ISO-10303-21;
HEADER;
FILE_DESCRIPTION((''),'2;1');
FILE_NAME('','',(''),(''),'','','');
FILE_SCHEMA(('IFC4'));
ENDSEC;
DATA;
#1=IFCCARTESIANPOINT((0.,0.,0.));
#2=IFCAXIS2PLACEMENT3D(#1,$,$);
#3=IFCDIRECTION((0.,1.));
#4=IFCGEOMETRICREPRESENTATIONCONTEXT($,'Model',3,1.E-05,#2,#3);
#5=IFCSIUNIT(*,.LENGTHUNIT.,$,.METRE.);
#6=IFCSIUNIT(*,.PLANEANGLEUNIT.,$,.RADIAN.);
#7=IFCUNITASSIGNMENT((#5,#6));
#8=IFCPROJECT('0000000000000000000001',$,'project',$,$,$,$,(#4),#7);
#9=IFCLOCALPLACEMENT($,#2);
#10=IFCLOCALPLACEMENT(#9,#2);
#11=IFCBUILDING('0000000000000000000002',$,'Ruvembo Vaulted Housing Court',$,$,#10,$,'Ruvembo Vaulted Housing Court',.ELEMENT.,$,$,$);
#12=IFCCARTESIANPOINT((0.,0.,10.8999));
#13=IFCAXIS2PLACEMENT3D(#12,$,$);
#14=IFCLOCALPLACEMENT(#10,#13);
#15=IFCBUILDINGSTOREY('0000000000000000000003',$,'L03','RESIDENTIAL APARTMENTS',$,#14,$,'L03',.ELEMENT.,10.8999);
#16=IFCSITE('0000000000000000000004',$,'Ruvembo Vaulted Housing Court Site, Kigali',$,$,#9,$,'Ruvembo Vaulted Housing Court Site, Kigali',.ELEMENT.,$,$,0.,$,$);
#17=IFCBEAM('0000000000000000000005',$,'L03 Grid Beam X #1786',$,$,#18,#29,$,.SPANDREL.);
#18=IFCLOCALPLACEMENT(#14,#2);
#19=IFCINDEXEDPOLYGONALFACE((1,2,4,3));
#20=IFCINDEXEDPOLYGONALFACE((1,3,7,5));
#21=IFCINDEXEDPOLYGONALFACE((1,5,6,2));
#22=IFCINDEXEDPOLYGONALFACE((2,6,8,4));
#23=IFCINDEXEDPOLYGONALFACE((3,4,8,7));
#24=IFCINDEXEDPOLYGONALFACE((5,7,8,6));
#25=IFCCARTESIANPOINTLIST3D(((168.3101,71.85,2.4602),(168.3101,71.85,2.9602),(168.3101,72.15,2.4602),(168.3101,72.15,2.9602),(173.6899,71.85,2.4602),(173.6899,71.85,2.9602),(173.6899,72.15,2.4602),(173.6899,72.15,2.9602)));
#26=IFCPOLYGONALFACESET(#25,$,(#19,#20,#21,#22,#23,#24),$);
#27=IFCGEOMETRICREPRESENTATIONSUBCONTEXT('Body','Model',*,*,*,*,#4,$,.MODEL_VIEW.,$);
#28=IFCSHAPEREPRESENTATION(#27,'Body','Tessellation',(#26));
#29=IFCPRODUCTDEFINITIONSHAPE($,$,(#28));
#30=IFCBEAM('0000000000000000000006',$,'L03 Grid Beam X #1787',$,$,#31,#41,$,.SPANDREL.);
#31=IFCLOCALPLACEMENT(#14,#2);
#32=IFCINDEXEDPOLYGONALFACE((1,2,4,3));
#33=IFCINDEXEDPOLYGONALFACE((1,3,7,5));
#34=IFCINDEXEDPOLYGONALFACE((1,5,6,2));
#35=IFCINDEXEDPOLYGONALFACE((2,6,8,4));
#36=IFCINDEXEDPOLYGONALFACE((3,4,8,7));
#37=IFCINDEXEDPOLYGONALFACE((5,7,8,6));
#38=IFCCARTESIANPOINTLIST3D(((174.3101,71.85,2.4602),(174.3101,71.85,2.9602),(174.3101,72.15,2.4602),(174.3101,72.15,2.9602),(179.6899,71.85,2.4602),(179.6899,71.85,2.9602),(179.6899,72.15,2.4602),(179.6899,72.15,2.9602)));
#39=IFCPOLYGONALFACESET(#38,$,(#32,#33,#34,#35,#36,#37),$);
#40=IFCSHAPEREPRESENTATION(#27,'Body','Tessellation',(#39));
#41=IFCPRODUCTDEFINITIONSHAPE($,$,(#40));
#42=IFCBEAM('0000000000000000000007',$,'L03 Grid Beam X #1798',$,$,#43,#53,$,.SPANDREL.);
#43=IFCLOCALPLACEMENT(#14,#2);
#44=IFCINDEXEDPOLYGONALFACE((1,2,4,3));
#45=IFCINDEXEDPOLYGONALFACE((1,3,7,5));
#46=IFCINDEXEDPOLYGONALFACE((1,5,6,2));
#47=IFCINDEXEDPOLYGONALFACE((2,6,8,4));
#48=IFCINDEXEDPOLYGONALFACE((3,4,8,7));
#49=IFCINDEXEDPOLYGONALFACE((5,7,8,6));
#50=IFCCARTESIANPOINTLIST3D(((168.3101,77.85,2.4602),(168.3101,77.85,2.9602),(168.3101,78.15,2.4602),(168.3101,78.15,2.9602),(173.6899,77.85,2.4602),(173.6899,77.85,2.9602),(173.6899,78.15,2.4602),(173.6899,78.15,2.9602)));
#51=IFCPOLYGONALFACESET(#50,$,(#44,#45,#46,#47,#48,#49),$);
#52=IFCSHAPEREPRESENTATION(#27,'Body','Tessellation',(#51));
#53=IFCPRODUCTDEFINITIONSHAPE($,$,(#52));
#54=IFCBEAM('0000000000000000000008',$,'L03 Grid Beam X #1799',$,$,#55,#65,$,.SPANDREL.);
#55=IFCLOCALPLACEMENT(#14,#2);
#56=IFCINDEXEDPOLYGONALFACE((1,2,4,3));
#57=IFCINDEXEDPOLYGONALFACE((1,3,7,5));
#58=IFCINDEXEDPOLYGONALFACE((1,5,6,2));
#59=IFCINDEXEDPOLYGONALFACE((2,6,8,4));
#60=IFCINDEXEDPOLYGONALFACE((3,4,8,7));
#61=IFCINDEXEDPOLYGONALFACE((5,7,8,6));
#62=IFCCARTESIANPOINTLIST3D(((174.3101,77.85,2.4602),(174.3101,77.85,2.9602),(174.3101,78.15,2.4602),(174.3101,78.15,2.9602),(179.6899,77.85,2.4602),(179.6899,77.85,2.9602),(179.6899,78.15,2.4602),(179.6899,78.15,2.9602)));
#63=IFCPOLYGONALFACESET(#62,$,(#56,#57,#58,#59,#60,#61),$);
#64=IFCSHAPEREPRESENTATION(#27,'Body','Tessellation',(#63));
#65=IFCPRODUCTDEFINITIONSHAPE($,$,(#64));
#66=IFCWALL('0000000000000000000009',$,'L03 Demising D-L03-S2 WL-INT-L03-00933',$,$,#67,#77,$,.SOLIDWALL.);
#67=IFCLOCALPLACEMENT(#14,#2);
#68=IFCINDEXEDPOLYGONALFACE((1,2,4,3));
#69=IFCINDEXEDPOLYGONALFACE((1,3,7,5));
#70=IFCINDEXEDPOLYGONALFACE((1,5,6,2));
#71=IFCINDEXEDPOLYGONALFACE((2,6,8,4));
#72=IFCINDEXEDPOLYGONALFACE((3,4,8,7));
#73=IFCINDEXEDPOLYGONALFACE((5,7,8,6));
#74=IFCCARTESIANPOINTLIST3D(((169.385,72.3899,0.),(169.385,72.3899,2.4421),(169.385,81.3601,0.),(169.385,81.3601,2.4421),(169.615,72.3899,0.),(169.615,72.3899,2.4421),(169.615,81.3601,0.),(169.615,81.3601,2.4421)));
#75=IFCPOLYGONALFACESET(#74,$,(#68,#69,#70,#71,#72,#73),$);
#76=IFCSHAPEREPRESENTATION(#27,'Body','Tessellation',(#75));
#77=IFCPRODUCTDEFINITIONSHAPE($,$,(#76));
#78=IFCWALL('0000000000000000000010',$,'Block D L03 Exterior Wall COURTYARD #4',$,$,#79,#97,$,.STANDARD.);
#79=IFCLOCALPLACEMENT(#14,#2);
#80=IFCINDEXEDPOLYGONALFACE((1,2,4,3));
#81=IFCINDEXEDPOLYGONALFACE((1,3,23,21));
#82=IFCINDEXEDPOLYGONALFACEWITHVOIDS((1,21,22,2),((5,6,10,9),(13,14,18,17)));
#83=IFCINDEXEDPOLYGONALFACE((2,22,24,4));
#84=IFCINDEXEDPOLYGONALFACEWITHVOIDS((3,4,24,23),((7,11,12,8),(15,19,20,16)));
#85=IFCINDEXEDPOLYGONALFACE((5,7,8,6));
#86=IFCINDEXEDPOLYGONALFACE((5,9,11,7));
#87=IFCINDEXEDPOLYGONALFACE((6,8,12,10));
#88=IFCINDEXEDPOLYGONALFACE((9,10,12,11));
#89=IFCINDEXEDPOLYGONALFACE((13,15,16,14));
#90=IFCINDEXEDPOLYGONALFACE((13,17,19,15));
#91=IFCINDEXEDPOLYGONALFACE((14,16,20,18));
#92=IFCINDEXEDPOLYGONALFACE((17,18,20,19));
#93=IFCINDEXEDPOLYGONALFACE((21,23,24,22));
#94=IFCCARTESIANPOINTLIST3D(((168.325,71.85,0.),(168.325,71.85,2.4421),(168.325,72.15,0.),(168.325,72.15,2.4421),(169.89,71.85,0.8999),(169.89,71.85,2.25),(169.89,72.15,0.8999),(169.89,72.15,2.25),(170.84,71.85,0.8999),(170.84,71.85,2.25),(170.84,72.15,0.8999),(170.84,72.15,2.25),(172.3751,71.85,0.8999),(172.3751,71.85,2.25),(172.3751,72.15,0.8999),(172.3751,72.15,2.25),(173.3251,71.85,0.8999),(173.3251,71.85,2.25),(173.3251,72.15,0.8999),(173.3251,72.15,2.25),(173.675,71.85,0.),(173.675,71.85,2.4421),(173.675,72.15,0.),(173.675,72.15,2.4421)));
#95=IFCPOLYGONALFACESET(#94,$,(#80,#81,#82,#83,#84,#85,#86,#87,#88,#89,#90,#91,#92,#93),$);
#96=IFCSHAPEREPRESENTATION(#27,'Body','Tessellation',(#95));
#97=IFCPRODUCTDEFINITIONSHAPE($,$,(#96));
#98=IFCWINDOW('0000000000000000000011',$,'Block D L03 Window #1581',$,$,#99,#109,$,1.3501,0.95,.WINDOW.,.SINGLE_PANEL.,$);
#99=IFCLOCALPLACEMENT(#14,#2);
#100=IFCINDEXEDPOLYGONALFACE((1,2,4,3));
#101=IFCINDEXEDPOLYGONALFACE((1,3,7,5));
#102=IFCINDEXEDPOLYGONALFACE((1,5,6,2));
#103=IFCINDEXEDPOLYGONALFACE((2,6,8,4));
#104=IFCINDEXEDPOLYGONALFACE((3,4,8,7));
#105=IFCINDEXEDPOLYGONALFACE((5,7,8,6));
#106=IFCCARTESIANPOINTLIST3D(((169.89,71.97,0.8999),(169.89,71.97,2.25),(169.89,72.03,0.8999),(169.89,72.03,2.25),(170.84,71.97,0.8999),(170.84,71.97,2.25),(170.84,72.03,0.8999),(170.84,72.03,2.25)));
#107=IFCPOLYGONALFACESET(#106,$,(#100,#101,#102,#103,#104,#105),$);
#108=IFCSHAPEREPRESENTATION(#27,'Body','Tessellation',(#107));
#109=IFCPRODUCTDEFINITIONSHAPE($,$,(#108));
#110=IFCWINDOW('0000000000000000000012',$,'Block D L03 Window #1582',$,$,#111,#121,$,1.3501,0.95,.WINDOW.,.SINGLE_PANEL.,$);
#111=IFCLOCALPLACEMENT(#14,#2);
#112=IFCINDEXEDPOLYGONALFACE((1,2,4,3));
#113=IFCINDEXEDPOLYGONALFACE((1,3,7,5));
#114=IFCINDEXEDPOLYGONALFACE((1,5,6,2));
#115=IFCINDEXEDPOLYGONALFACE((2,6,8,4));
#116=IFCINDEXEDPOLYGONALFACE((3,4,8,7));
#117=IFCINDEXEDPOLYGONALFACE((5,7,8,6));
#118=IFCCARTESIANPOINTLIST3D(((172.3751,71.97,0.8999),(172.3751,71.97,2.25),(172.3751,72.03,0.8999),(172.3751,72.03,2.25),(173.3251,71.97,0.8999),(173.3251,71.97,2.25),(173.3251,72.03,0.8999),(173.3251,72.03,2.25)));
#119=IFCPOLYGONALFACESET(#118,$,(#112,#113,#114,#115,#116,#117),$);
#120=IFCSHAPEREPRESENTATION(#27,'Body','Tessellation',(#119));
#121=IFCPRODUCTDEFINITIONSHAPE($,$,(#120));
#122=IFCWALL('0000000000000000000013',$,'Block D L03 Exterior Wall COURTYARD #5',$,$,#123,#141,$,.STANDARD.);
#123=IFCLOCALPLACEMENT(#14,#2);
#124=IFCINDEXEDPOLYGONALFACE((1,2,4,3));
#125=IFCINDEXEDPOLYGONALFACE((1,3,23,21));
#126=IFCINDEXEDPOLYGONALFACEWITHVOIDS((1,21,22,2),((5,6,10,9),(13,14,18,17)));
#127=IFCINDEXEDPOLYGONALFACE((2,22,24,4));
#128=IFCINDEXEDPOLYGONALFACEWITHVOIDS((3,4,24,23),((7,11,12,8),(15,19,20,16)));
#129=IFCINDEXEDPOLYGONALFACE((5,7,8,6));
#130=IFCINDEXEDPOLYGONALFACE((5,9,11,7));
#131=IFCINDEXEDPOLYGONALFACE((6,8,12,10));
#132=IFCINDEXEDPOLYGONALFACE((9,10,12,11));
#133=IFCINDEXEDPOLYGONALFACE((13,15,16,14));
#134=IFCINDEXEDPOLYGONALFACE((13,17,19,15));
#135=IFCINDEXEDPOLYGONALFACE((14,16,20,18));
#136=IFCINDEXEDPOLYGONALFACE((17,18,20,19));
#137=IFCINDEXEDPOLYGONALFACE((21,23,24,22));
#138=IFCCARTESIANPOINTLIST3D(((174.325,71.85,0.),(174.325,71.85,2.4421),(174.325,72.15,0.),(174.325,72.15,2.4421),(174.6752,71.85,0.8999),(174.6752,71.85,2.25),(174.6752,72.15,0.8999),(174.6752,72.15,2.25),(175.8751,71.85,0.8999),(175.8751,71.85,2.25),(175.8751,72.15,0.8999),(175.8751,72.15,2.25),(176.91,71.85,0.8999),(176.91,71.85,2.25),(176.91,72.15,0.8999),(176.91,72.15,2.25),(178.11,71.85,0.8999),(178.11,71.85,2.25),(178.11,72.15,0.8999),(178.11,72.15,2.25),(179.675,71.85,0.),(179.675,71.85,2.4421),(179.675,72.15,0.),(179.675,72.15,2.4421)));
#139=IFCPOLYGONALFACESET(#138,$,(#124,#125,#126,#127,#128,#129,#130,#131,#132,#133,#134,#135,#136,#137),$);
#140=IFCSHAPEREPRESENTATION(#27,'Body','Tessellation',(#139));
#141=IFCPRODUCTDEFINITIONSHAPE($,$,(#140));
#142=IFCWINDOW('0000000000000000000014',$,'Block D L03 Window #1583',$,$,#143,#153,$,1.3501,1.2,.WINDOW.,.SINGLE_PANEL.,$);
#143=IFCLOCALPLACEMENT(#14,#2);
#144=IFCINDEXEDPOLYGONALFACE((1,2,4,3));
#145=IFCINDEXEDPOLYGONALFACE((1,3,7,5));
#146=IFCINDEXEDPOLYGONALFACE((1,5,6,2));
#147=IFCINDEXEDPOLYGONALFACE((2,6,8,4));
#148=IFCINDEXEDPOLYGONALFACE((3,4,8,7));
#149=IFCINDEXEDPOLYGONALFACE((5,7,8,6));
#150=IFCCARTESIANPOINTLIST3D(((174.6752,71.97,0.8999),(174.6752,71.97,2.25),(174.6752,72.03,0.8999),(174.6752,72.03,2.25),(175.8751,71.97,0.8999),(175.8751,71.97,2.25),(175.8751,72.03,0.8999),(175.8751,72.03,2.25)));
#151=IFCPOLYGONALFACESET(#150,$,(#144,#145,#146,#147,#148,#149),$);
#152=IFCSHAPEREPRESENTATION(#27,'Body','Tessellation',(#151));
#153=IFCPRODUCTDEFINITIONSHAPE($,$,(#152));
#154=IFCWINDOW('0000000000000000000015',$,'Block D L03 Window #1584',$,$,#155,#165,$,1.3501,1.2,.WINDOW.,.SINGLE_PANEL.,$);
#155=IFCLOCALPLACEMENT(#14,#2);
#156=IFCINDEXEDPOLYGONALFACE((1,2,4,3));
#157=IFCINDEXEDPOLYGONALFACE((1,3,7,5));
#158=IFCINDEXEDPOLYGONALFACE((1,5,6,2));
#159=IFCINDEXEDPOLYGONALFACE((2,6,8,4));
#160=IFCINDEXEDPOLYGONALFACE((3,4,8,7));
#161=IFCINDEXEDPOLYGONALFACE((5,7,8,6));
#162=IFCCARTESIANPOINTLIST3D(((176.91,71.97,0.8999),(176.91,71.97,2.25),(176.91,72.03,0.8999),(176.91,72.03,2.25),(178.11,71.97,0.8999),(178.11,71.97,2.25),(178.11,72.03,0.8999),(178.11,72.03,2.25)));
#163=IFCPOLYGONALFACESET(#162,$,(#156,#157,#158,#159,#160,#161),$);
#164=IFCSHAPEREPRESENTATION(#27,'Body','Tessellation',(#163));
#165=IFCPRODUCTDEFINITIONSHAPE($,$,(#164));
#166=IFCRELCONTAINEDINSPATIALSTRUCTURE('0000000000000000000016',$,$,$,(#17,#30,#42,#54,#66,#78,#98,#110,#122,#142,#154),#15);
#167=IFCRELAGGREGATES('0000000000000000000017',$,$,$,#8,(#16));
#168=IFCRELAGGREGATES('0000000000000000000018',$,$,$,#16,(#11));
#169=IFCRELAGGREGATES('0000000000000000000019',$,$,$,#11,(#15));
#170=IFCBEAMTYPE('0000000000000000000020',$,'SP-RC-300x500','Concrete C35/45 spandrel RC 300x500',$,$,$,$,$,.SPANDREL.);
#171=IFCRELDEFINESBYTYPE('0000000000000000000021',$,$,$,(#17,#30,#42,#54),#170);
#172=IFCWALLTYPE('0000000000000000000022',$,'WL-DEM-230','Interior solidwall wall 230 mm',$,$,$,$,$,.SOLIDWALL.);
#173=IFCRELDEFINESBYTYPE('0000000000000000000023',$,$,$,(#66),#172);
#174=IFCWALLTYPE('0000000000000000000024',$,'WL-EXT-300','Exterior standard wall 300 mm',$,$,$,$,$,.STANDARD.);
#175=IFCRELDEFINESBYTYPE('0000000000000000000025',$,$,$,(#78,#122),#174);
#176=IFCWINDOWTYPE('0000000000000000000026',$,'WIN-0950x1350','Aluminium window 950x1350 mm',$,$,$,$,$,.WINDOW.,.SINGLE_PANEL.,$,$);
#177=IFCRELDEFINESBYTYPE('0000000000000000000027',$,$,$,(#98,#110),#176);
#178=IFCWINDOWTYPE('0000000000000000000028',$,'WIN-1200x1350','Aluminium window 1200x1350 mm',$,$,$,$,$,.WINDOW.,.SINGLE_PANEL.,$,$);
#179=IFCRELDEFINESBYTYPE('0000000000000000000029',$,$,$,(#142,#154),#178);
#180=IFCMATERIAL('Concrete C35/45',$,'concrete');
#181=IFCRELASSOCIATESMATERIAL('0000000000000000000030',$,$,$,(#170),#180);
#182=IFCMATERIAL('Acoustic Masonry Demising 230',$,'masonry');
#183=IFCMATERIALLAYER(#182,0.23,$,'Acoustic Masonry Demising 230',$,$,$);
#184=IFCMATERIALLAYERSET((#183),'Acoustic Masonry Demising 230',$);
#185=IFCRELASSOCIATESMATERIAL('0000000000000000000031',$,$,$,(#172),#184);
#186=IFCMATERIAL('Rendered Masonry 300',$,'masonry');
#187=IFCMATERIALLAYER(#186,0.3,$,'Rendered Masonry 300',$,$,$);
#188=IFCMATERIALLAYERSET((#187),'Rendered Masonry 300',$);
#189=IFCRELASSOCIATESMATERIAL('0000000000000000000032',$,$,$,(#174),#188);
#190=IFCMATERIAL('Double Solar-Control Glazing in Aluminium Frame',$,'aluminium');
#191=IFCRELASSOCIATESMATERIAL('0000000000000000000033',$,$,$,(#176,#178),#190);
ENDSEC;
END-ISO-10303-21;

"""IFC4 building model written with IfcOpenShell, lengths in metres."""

from ifc_helpers import new_model, si_unit, direction, frame, frame_2d, origin, origin_2d, place, context, subcontext, project, spatial, rectangle, extrude, material, layer, layer_set, material_profile, profile_set, type_object, element, fill, save


model = new_model("IFC4")

# Units and contexts
model_context = context("Model", 3, precision=1e-05, world=origin(), true_north=direction((0.0, 1.0)))
body_context = subcontext(model_context, "Body", "Model", "MODEL_VIEW")
ifc_project = project(units=[si_unit("LENGTHUNIT", "METRE"), si_unit("PLANEANGLEUNIT", "RADIAN")], contexts=[model_context])

# Site, building, storey
site_placement = place(None, origin())
site = spatial("IfcSite", under=ifc_project, at=site_placement, Name="Ruvembo Vaulted Housing Court Site, Kigali", LongName="Ruvembo Vaulted Housing Court Site, Kigali", CompositionType="ELEMENT", RefElevation=0.0)
building_placement = place(site_placement, origin())
building = spatial("IfcBuilding", under=site, at=building_placement, Name="Ruvembo Vaulted Housing Court", LongName="Ruvembo Vaulted Housing Court", CompositionType="ELEMENT")
storey_placement = place(building_placement, frame((0.0, 0.0, 10.8999)))
storey = spatial("IfcBuildingStorey", under=building, at=storey_placement, Name="L03", Description="RESIDENTIAL APARTMENTS", LongName="L03", CompositionType="ELEMENT", Elevation=10.8999)

# Beams
ifc_material_1 = material(Name="Concrete C35/45", Category="concrete")
ifc_material_profile_1 = material_profile(ifc_material_1, rectangle(XDim=0.3, YDim=0.5, at=origin_2d()), Name="RC 300x500")
ifc_profile_set_1 = profile_set([ifc_material_profile_1], Name="Concrete C35/45")
beam_type_1 = type_object("IfcBeamType", Name="SP-RC-300x500", Description="Concrete C35/45 spandrel RC 300x500", PredefinedType="SPANDREL", material=ifc_profile_set_1)
for number, where, z_axis, x_axis, name in (
    (1, (168.3101, 72.0, 2.7102), (1.0, 0.0, 0.0), (0.0, 1.0, 0.0), "L03 Grid Beam X #1786"),
    (2, (174.3101, 72.0, 2.7102), (1.0, 0.0, 0.0), (0.0, 1.0, 0.0), "L03 Grid Beam X #1787"),
    (3, (168.3101, 78.0, 2.7102), (1.0, 0.0, 0.0), (0.0, 1.0, 0.0), "L03 Grid Beam X #1798"),
    (4, (174.3101, 78.0, 2.7102), (1.0, 0.0, 0.0), (0.0, 1.0, 0.0), "L03 Grid Beam X #1799"),
):
    element("IfcBeam", number, at=place(storey_placement, frame(where, z_axis=z_axis, x_axis=x_axis)), inside=storey, type_object=beam_type_1, Name=name, PredefinedType="SPANDREL", context=body_context, shape_type="SweptSolid", body=[
        extrude(rectangle(XDim=0.3, YDim=0.5, at=origin_2d()), origin(), (0.0, 0.0, 1.0), 5.3799),
    ])

# Wall
ifc_material_2 = material(Name="Acoustic Masonry Demising 230", Category="masonry")
ifc_layer_1 = layer(ifc_material_2, 0.23, Name="Acoustic Masonry Demising 230")
ifc_layer_set_1 = layer_set([ifc_layer_1], Name="Acoustic Masonry Demising 230")
wall_type_1 = type_object("IfcWallType", Name="WL-DEM-230", Description="Interior solidwall wall 230 mm", PredefinedType="SOLIDWALL", material=ifc_layer_set_1)
wall_1_placement = place(storey_placement, frame((169.5, 72.3899, 0.0), z_axis=(0.0, 0.0, 1.0), x_axis=(0.0, 1.0, 0.0)))
element("IfcWall", 5, at=wall_1_placement, inside=storey, type_object=wall_type_1, Name="L03 Demising D-L03-S2 WL-INT-L03-00933", PredefinedType="SOLIDWALL", context=body_context, shape_type="SweptSolid", body=[
    extrude(rectangle(XDim=8.9702, YDim=0.23, at=frame_2d((4.4851, 0.0))), origin(), (0.0, 0.0, 1.0), 2.4421),
])

# Walls, openings, windows
ifc_material_3 = material(Name="Rendered Masonry 300", Category="masonry")
ifc_layer_2 = layer(ifc_material_3, 0.3, Name="Rendered Masonry 300")
ifc_layer_set_2 = layer_set([ifc_layer_2], Name="Rendered Masonry 300")
wall_type_2 = type_object("IfcWallType", Name="WL-EXT-300", Description="Exterior standard wall 300 mm", PredefinedType="STANDARD", material=ifc_layer_set_2)
wall_2_placement = place(storey_placement, frame((168.325, 72.0, 0.0), z_axis=(0.0, 0.0, 1.0), x_axis=(1.0, 0.0, 0.0)))
wall_2 = element("IfcWall", 6, at=wall_2_placement, inside=storey, type_object=wall_type_2, Name="Block D L03 Exterior Wall COURTYARD #4", PredefinedType="STANDARD", context=body_context, shape_type="SweptSolid", body=[
    extrude(rectangle(XDim=5.3501, YDim=0.3, at=frame_2d((2.675, 0.0))), origin(), (0.0, 0.0, 1.0), 2.4421),
])
opening_1_placement = place(wall_2_placement, frame((1.5649, 0.0, 0.8999)))
opening_1 = element("IfcOpeningElement", 7, at=opening_1_placement, cuts=wall_2, PredefinedType="OPENING", context=body_context, shape_type="SweptSolid", body=[
    extrude(rectangle(XDim=0.95, YDim=1.3501, at=frame_2d((0.4751, 0.675))), frame((0.0, 0.1599, 0.0), z_axis=(0.0, -1.0, 0.0), x_axis=(1.0, 0.0, 0.0)), (0.0, 0.0, 1.0), 0.3201),
])
opening_2_placement = place(wall_2_placement, frame((4.05, 0.0, 0.8999)))
opening_2 = element("IfcOpeningElement", 8, at=opening_2_placement, cuts=wall_2, PredefinedType="OPENING", context=body_context, shape_type="SweptSolid", body=[
    extrude(rectangle(XDim=0.95, YDim=1.3501, at=frame_2d((0.4751, 0.675))), frame((0.0, 0.1599, 0.0), z_axis=(0.0, -1.0, 0.0), x_axis=(1.0, 0.0, 0.0)), (0.0, 0.0, 1.0), 0.3201),
])
ifc_material_4 = material(Name="Double Solar-Control Glazing in Aluminium Frame", Category="aluminium")
window_type_1 = type_object("IfcWindowType", Name="WIN-0950x1350", Description="Aluminium window 950x1350 mm", PartitioningType="SINGLE_PANEL", PredefinedType="WINDOW", material=ifc_material_4)
window_1_placement = place(opening_1_placement, origin())
window_1 = element("IfcWindow", 9, at=window_1_placement, inside=storey, type_object=window_type_1, Name="Block D L03 Window #1581", OverallHeight=1.3501, OverallWidth=0.95, PartitioningType="SINGLE_PANEL", PredefinedType="WINDOW", context=body_context, shape_type="SweptSolid", body=[
    extrude(rectangle(XDim=0.95, YDim=1.3501, at=frame_2d((0.4751, 0.675))), frame((0.0, 0.03, 0.0), z_axis=(0.0, -1.0, 0.0), x_axis=(1.0, 0.0, 0.0)), (0.0, 0.0, 1.0), 0.0601),
])
fill(opening_1, window_1)
window_2_placement = place(opening_2_placement, origin())
window_2 = element("IfcWindow", 10, at=window_2_placement, inside=storey, type_object=window_type_1, Name="Block D L03 Window #1582", OverallHeight=1.3501, OverallWidth=0.95, PartitioningType="SINGLE_PANEL", PredefinedType="WINDOW", context=body_context, shape_type="SweptSolid", body=[
    extrude(rectangle(XDim=0.95, YDim=1.3501, at=frame_2d((0.4751, 0.675))), frame((0.0, 0.03, 0.0), z_axis=(0.0, -1.0, 0.0), x_axis=(1.0, 0.0, 0.0)), (0.0, 0.0, 1.0), 0.0601),
])
fill(opening_2, window_2)
wall_3_placement = place(storey_placement, frame((174.325, 72.0, 0.0), z_axis=(0.0, 0.0, 1.0), x_axis=(1.0, 0.0, 0.0)))
wall_3 = element("IfcWall", 11, at=wall_3_placement, inside=storey, type_object=wall_type_2, Name="Block D L03 Exterior Wall COURTYARD #5", PredefinedType="STANDARD", context=body_context, shape_type="SweptSolid", body=[
    extrude(rectangle(XDim=5.3501, YDim=0.3, at=frame_2d((2.675, 0.0))), origin(), (0.0, 0.0, 1.0), 2.4421),
])
opening_3_placement = place(wall_3_placement, frame((0.3501, 0.0, 0.8999)))
opening_3 = element("IfcOpeningElement", 12, at=opening_3_placement, cuts=wall_3, PredefinedType="OPENING", context=body_context, shape_type="SweptSolid", body=[
    extrude(rectangle(XDim=1.2, YDim=1.3501, at=frame_2d((0.6001, 0.675))), frame((0.0, 0.1599, 0.0), z_axis=(0.0, -1.0, 0.0), x_axis=(1.0, 0.0, 0.0)), (0.0, 0.0, 1.0), 0.3201),
])
opening_4_placement = place(wall_3_placement, frame((2.585, 0.0, 0.8999)))
opening_4 = element("IfcOpeningElement", 13, at=opening_4_placement, cuts=wall_3, PredefinedType="OPENING", context=body_context, shape_type="SweptSolid", body=[
    extrude(rectangle(XDim=1.2, YDim=1.3501, at=frame_2d((0.6001, 0.675))), frame((0.0, 0.1599, 0.0), z_axis=(0.0, -1.0, 0.0), x_axis=(1.0, 0.0, 0.0)), (0.0, 0.0, 1.0), 0.3201),
])
window_type_2 = type_object("IfcWindowType", Name="WIN-1200x1350", Description="Aluminium window 1200x1350 mm", PartitioningType="SINGLE_PANEL", PredefinedType="WINDOW", material=ifc_material_4)
window_3_placement = place(opening_3_placement, origin())
window_3 = element("IfcWindow", 14, at=window_3_placement, inside=storey, type_object=window_type_2, Name="Block D L03 Window #1583", OverallHeight=1.3501, OverallWidth=1.2, PartitioningType="SINGLE_PANEL", PredefinedType="WINDOW", context=body_context, shape_type="SweptSolid", body=[
    extrude(rectangle(XDim=1.2, YDim=1.3501, at=frame_2d((0.6001, 0.675))), frame((0.0, 0.03, 0.0), z_axis=(0.0, -1.0, 0.0), x_axis=(1.0, 0.0, 0.0)), (0.0, 0.0, 1.0), 0.0601),
])
fill(opening_3, window_3)
window_4_placement = place(opening_4_placement, origin())
window_4 = element("IfcWindow", 15, at=window_4_placement, inside=storey, type_object=window_type_2, Name="Block D L03 Window #1584", OverallHeight=1.3501, OverallWidth=1.2, PartitioningType="SINGLE_PANEL", PredefinedType="WINDOW", context=body_context, shape_type="SweptSolid", body=[
    extrude(rectangle(XDim=1.2, YDim=1.3501, at=frame_2d((0.6001, 0.675))), frame((0.0, 0.03, 0.0), z_axis=(0.0, -1.0, 0.0), x_axis=(1.0, 0.0, 0.0)), (0.0, 0.0, 1.0), 0.0601),
])
fill(opening_4, window_4)

save(model, "model.ifc")
